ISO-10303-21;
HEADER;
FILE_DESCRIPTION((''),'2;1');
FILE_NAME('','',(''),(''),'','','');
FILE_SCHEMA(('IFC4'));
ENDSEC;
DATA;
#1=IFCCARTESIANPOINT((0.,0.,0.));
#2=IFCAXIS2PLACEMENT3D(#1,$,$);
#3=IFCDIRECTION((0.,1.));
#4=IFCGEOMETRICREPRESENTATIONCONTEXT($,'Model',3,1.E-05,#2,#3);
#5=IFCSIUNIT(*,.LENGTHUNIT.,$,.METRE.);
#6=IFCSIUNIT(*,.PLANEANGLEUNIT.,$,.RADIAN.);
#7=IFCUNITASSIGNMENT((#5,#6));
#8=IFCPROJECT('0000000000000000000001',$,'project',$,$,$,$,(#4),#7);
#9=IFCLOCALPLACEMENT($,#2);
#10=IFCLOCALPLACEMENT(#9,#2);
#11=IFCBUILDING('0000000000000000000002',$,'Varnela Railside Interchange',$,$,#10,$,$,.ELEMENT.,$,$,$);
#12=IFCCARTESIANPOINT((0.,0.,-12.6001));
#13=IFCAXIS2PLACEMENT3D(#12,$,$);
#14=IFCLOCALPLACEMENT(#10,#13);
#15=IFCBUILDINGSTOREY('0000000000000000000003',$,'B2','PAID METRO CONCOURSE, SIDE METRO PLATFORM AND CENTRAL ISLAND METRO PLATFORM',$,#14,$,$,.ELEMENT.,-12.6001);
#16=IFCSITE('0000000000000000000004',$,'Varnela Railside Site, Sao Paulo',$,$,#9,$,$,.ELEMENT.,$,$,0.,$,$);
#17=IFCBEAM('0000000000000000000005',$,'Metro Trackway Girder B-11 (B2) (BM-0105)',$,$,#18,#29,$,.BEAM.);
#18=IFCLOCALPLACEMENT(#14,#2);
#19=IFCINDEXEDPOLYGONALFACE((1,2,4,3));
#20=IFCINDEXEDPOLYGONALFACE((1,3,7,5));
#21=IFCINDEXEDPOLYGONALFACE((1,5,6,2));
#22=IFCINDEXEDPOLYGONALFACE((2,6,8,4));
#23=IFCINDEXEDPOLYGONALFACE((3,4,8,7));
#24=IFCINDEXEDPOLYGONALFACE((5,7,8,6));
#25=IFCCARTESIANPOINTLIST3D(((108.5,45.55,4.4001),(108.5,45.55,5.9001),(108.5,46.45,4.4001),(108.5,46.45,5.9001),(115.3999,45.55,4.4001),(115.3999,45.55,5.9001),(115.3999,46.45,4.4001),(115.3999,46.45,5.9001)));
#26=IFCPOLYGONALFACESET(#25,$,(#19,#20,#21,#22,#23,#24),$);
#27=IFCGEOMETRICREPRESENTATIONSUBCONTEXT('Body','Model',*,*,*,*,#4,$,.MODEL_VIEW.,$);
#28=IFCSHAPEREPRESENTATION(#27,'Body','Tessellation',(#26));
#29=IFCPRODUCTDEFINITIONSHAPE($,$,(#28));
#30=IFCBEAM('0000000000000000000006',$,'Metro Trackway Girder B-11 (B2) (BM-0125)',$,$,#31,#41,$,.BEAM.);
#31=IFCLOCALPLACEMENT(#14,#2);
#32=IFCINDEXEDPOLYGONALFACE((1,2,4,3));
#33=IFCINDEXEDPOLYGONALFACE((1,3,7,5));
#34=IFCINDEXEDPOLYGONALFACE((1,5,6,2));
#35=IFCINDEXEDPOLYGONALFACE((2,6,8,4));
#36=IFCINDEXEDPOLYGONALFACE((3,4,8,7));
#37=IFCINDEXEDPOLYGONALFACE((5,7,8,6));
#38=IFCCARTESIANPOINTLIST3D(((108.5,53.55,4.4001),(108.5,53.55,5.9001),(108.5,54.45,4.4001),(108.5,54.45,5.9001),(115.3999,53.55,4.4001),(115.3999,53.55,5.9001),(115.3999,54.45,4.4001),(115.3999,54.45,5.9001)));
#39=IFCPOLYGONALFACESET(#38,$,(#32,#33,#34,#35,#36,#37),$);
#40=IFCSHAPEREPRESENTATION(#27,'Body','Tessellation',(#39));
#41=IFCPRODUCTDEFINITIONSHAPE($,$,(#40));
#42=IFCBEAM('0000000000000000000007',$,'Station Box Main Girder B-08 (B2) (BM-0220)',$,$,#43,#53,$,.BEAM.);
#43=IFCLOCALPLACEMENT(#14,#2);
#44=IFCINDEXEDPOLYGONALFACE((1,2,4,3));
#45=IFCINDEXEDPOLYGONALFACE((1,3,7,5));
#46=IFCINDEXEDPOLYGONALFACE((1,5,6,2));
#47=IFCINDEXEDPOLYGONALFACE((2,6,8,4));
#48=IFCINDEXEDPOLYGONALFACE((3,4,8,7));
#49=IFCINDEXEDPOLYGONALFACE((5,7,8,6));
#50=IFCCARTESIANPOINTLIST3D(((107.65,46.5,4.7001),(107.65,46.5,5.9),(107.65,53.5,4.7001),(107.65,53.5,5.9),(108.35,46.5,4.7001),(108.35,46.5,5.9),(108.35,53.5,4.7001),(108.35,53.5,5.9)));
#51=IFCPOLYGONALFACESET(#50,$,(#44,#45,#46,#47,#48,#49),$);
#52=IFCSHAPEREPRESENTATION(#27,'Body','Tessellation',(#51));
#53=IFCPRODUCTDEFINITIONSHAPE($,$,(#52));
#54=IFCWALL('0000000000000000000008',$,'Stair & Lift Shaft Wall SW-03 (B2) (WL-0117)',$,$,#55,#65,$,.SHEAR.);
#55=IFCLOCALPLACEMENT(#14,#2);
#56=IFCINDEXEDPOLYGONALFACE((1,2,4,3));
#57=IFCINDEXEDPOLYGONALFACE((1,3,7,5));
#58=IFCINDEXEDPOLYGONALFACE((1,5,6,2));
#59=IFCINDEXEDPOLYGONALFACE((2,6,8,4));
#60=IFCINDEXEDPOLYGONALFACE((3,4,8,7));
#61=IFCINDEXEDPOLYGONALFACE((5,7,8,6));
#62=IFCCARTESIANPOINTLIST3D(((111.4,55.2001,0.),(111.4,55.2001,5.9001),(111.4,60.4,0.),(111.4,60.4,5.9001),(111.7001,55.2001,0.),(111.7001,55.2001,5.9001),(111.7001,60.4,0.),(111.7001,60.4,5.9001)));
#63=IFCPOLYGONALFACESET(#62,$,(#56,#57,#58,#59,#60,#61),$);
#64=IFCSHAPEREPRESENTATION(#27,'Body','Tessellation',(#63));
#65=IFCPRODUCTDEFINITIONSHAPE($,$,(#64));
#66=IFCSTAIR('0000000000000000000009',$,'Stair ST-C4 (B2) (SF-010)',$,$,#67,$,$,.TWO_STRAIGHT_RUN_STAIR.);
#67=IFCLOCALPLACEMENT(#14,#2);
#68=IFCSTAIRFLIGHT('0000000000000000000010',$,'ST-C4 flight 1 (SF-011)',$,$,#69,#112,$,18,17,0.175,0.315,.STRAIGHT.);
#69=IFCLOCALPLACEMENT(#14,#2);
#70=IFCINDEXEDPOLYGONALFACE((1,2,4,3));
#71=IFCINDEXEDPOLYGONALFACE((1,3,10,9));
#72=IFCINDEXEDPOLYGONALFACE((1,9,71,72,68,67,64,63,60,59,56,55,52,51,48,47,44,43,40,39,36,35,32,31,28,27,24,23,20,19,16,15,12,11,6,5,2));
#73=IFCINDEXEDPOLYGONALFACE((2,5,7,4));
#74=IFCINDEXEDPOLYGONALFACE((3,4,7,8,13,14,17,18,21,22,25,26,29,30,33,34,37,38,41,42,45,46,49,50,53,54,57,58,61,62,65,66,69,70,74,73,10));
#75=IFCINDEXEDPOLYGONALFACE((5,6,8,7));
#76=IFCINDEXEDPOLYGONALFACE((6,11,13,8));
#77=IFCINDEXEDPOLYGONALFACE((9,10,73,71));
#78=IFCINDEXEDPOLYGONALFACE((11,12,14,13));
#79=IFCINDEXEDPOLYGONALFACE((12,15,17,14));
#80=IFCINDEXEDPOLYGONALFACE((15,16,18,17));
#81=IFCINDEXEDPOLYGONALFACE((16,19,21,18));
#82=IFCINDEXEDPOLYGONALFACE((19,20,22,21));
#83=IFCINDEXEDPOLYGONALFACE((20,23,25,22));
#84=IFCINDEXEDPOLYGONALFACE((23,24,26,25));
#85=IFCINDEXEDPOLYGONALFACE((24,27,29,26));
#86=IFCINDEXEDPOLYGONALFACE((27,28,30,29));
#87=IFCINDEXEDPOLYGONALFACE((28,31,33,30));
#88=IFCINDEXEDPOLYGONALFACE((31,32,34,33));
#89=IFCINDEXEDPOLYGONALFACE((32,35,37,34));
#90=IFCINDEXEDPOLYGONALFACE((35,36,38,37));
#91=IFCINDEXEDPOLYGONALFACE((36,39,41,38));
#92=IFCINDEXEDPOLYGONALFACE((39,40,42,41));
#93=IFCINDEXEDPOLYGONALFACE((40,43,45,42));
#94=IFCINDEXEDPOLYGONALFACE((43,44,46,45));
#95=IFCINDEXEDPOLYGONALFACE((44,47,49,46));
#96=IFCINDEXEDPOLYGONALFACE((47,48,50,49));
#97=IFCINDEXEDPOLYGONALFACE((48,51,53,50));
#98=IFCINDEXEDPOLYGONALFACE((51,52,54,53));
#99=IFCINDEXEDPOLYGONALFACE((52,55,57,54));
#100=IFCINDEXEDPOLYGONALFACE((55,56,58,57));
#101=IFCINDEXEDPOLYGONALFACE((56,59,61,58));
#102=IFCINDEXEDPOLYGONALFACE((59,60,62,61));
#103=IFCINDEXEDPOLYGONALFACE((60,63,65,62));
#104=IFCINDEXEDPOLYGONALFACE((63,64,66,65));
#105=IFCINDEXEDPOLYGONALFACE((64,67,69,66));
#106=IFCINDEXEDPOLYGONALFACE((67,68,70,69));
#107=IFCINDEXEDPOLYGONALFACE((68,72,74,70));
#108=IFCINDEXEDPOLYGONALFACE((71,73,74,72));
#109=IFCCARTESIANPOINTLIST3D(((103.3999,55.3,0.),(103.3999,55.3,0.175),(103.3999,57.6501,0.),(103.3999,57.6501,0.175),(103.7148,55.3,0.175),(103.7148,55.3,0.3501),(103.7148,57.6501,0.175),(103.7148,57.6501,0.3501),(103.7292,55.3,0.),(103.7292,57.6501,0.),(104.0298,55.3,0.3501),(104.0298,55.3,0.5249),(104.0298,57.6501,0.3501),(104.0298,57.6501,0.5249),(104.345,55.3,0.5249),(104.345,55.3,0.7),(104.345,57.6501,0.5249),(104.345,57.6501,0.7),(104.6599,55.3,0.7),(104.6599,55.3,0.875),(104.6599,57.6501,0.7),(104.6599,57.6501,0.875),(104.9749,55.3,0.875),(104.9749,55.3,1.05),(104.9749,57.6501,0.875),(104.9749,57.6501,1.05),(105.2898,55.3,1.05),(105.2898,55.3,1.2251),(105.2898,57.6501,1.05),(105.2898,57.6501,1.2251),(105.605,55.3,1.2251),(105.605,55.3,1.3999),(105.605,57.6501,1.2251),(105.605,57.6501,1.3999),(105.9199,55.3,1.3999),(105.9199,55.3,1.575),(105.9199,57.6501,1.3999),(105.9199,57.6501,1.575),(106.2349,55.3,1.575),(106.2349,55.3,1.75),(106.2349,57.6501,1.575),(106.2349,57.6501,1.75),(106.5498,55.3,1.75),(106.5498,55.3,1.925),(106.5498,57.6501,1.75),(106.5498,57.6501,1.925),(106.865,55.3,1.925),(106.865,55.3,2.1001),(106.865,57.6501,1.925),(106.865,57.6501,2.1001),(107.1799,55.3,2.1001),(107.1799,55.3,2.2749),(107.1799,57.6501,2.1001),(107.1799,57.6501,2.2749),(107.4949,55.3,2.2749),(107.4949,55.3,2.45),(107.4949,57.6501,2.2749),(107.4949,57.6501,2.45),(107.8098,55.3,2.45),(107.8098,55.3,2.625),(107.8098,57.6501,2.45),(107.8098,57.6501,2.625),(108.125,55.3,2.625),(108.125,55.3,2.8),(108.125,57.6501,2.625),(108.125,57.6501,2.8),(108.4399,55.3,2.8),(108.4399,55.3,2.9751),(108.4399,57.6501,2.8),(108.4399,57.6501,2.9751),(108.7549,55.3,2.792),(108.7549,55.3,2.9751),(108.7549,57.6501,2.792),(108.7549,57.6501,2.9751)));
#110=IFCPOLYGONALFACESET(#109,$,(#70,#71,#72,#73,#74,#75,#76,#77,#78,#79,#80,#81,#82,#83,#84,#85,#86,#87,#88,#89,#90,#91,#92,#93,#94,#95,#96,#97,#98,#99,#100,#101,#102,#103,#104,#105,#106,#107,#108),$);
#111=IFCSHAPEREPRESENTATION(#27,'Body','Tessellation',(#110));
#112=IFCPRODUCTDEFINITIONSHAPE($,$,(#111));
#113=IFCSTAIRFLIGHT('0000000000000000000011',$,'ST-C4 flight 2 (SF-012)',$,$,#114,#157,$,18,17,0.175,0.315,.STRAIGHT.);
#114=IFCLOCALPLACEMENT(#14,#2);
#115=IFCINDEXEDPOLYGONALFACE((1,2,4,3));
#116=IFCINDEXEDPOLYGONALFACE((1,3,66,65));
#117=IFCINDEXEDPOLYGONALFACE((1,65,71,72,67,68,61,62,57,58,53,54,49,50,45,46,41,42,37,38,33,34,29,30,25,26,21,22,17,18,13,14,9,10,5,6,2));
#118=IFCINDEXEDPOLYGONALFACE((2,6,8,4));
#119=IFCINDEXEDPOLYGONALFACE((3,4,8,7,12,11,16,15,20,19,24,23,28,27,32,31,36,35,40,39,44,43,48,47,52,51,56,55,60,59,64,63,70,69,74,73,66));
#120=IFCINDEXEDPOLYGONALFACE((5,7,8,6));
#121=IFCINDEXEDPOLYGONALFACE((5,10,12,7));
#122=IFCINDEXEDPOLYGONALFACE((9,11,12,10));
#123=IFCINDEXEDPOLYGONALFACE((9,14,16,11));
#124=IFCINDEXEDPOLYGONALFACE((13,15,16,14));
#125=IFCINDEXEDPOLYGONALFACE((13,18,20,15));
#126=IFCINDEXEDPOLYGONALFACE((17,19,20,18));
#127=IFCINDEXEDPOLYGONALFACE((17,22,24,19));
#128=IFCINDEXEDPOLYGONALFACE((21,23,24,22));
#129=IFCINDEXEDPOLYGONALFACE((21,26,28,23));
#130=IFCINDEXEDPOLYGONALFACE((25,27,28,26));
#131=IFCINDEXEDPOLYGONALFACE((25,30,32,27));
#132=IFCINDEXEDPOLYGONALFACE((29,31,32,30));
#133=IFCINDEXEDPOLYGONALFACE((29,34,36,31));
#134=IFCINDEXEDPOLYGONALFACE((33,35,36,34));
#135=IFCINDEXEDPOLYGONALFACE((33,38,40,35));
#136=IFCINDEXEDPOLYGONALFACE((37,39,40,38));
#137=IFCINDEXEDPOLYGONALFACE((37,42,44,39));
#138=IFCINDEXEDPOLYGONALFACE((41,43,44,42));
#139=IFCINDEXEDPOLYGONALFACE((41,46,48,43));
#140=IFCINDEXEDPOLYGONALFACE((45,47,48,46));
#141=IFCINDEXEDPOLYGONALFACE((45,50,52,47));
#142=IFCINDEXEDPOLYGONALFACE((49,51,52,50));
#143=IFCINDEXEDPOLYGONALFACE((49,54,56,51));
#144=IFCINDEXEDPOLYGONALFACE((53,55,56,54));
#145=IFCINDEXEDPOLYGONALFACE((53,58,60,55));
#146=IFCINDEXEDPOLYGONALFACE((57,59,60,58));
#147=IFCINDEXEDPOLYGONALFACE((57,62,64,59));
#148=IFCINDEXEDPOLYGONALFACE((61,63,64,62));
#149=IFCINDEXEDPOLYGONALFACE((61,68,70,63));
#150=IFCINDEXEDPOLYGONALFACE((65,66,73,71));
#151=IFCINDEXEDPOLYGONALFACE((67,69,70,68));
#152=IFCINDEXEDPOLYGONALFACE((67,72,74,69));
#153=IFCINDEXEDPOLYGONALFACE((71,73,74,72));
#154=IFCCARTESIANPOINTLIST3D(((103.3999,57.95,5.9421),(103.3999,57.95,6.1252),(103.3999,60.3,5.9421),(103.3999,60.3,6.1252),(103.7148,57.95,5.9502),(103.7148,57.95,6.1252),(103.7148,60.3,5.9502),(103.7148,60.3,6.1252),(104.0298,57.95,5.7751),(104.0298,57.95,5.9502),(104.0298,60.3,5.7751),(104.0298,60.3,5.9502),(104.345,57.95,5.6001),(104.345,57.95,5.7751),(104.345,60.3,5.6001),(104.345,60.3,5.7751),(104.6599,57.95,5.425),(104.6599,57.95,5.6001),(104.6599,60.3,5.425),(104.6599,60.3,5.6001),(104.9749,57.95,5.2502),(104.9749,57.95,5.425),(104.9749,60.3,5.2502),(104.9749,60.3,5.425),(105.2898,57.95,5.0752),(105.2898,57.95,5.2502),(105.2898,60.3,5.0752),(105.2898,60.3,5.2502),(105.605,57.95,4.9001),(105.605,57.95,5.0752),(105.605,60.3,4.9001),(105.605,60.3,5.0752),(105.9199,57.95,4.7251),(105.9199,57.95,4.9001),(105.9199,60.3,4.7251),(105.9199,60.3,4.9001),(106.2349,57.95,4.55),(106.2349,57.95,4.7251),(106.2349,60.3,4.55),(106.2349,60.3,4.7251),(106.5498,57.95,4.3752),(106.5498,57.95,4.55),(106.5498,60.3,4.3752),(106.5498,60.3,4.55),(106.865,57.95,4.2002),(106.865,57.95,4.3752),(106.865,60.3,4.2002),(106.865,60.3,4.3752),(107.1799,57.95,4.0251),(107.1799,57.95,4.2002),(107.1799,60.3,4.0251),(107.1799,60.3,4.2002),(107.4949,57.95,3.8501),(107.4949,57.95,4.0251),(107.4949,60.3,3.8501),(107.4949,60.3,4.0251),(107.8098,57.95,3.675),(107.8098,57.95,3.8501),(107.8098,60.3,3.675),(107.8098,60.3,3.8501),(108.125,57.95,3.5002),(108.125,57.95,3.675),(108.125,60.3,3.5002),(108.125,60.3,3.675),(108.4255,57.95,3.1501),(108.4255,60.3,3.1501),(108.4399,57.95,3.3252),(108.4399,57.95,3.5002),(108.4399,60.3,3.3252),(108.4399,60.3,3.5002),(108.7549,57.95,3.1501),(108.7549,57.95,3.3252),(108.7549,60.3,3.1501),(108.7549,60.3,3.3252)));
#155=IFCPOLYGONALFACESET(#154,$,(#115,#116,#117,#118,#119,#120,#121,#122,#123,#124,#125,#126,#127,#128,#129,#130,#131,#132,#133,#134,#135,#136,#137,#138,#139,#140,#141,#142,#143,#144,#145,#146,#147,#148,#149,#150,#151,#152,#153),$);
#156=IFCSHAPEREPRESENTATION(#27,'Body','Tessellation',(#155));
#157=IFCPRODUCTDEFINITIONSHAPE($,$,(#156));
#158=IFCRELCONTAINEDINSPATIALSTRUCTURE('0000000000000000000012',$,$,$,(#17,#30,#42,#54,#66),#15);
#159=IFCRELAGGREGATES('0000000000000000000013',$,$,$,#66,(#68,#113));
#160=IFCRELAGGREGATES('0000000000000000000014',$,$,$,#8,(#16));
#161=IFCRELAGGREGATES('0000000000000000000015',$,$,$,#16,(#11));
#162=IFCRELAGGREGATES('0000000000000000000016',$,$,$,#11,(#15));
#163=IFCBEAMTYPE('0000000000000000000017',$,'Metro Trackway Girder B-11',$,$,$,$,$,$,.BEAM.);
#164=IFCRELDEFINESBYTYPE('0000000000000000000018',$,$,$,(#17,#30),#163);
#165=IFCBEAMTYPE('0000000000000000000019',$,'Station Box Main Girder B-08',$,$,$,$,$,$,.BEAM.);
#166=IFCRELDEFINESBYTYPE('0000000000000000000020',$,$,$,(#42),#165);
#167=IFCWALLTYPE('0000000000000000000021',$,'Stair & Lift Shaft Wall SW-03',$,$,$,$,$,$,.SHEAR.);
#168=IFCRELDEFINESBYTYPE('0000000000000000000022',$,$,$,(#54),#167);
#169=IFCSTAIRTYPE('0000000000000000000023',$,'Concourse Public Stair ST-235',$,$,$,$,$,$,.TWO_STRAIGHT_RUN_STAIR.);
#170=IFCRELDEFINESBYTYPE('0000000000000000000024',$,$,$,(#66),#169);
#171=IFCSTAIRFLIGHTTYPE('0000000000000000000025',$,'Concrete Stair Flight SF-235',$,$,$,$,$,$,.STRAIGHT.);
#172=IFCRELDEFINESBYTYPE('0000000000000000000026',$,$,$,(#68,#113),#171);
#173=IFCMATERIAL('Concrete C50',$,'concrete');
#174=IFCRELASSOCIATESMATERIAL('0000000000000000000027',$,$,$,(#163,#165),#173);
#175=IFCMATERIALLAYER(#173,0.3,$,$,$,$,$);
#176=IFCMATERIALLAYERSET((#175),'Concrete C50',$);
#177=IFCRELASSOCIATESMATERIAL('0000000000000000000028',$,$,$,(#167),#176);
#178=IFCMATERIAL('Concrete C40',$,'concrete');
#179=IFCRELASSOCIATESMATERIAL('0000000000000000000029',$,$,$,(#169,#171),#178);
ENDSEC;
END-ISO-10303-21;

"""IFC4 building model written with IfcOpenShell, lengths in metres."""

from ifc_helpers import new_model, si_unit, direction, frame, frame_2d, origin, origin_2d, place, context, subcontext, project, spatial, polyline, rectangle, outline, extrude, material, layer, layer_set, material_profile, profile_set, type_object, element, aggregate, save


model = new_model("IFC4")

# Units and contexts
model_context = context("Model", 3, precision=1e-05, world=origin(), true_north=direction((0.0, 1.0)))
body_context = subcontext(model_context, "Body", "Model", "MODEL_VIEW")
ifc_project = project(units=[si_unit("LENGTHUNIT", "METRE"), si_unit("PLANEANGLEUNIT", "RADIAN")], contexts=[model_context])

# Site, building, storey
site_placement = place(None, origin())
site = spatial("IfcSite", under=ifc_project, at=site_placement, Name="Varnela Railside Site, Sao Paulo", CompositionType="ELEMENT", RefElevation=0.0)
building_placement = place(site_placement, origin())
building = spatial("IfcBuilding", under=site, at=building_placement, Name="Varnela Railside Interchange", CompositionType="ELEMENT")
storey_placement = place(building_placement, frame((0.0, 0.0, -12.6001)))
storey = spatial("IfcBuildingStorey", under=building, at=storey_placement, Name="B2", Description="PAID METRO CONCOURSE, SIDE METRO PLATFORM AND CENTRAL ISLAND METRO PLATFORM", CompositionType="ELEMENT", Elevation=-12.6001)

# Shared definitions
ifc_material_1 = material(Name="Concrete C40", Category="concrete")

# Shared definitions
ifc_material_2 = material(Name="Concrete C50", Category="concrete")

# Beams
ifc_material_profile_1 = material_profile(ifc_material_2, rectangle(XDim=0.8999, YDim=1.5, at=origin_2d()), Name="RC 900x1500")
ifc_profile_set_1 = profile_set([ifc_material_profile_1], Name="Concrete C50")
beam_type_1 = type_object("IfcBeamType", Name="Metro Trackway Girder B-11", PredefinedType="BEAM", material=ifc_profile_set_1)
for number, where, z_axis, x_axis, name in (
    (1, (108.5, 46.0, 5.1501), (1.0, 0.0, 0.0), (0.0, 1.0, 0.0), "Metro Trackway Girder B-11 (B2) (BM-0105)"),
    (2, (108.5, 54.0, 5.1501), (1.0, 0.0, 0.0), (0.0, 1.0, 0.0), "Metro Trackway Girder B-11 (B2) (BM-0125)"),
):
    element("IfcBeam", number, at=place(storey_placement, frame(where, z_axis=z_axis, x_axis=x_axis)), inside=storey, type_object=beam_type_1, Name=name, PredefinedType="BEAM", context=body_context, shape_type="SweptSolid", body=[
        extrude(rectangle(XDim=0.8999, YDim=1.5, at=origin_2d()), origin(), (0.0, 0.0, 1.0), 6.8999),
    ])
ifc_material_profile_2 = material_profile(ifc_material_2, rectangle(XDim=0.7, YDim=1.2, at=origin_2d()), Name="RC 700x1200")
ifc_profile_set_2 = profile_set([ifc_material_profile_2], Name="Concrete C50")
beam_type_2 = type_object("IfcBeamType", Name="Station Box Main Girder B-08", PredefinedType="BEAM", material=ifc_profile_set_2)
beam_1_placement = place(storey_placement, frame((108.0, 46.5, 5.3), z_axis=(0.0, 1.0, 0.0), x_axis=(-1.0, 0.0, 0.0)))
element("IfcBeam", 3, at=beam_1_placement, inside=storey, type_object=beam_type_2, Name="Station Box Main Girder B-08 (B2) (BM-0220)", PredefinedType="BEAM", context=body_context, shape_type="SweptSolid", body=[
    extrude(rectangle(XDim=0.7, YDim=1.2, at=origin_2d()), origin(), (0.0, 0.0, 1.0), 7.0),
])

# Wall
ifc_layer = layer(ifc_material_2, 0.3)
ifc_layer_set = layer_set([ifc_layer], Name="Concrete C50")
wall_type = type_object("IfcWallType", Name="Stair & Lift Shaft Wall SW-03", PredefinedType="SHEAR", material=ifc_layer_set)
wall_placement = place(storey_placement, frame((111.55, 55.2, 0.0), z_axis=(0.0, 0.0, 1.0), x_axis=(0.0, 1.0, 0.0)))
element("IfcWall", 4, at=wall_placement, inside=storey, type_object=wall_type, Name="Stair & Lift Shaft Wall SW-03 (B2) (WL-0117)", PredefinedType="SHEAR", context=body_context, shape_type="SweptSolid", body=[
    extrude(rectangle(XDim=5.2, YDim=0.3, at=frame_2d((2.6001, 0.0))), origin(), (0.0, 0.0, 1.0), 5.9001),
])

# Stair, stair flights
stair_type = type_object("IfcStairType", Name="Concourse Public Stair ST-235", PredefinedType="TWO_STRAIGHT_RUN_STAIR", material=ifc_material_1)
stair_placement = place(storey_placement, origin())
stair = element("IfcStair", 5, at=stair_placement, inside=storey, type_object=stair_type, Name="Stair ST-C4 (B2) (SF-010)", PredefinedType="TWO_STRAIGHT_RUN_STAIR")
stair_flight_type = type_object("IfcStairFlightType", Name="Concrete Stair Flight SF-235", PredefinedType="STRAIGHT", material=ifc_material_1)
stair_flight_1_placement = place(storey_placement, frame((103.3999, 56.4751, 0.0), z_axis=(0.0, 0.0, 1.0), x_axis=(1.0, 0.0, 0.0)))
stair_flight_1 = element("IfcStairFlight", 6, at=stair_flight_1_placement, type_object=stair_flight_type, Name="ST-C4 flight 1 (SF-011)", NumberOfRisers=18, NumberOfTreads=17, PredefinedType="STRAIGHT", RiserHeight=0.175, TreadLength=0.315, context=body_context, shape_type="SweptSolid", body=[
    extrude(outline(polyline([(0.0, 0.0), (0.0, 0.175), (0.3149, 0.175), (0.3149, 0.3501), (0.6299, 0.3501), (0.6299, 0.5249), (0.9451, 0.5249), (0.9451, 0.7), (1.26, 0.7), (1.26, 0.875), (1.575, 0.875), (1.575, 1.05), (1.8899, 1.05), (1.8899, 1.2251), (2.2051, 1.2251), (2.2051, 1.3999), (2.52, 1.3999), (2.52, 1.575), (2.835, 1.575), (2.835, 1.75), (3.1499, 1.75), (3.1499, 1.925), (3.4651, 1.925), (3.4651, 2.1001), (3.78, 2.1001), (3.78, 2.2749), (4.095, 2.2749), (4.095, 2.45), (4.4099, 2.45), (4.4099, 2.625), (4.7251, 2.625), (4.7251, 2.8), (5.04, 2.8), (5.04, 2.9751), (5.355, 2.9751), (5.355, 3.1499), (5.355, 2.792), (0.3293, 0.0), (0.0, 0.0)])), frame((0.0, 1.175, 0.0), z_axis=(0.0, -1.0, 0.0), x_axis=(1.0, 0.0, 0.0)), (0.0, 0.0, 1.0), 2.3501),
])
stair_flight_2_placement = place(storey_placement, frame((108.7549, 59.125, 3.1501), z_axis=(0.0, 0.0, 1.0), x_axis=(-1.0, 0.0, 0.0)))
stair_flight_2 = element("IfcStairFlight", 7, at=stair_flight_2_placement, type_object=stair_flight_type, Name="ST-C4 flight 2 (SF-012)", NumberOfRisers=18, NumberOfTreads=17, PredefinedType="STRAIGHT", RiserHeight=0.175, TreadLength=0.315, context=body_context, shape_type="SweptSolid", body=[
    extrude(outline(polyline([(0.0, 0.0), (0.0, 0.175), (0.3149, 0.175), (0.3149, 0.3501), (0.6299, 0.3501), (0.6299, 0.5249), (0.9451, 0.5249), (0.9451, 0.7), (1.26, 0.7), (1.26, 0.875), (1.575, 0.875), (1.575, 1.05), (1.8899, 1.05), (1.8899, 1.2251), (2.2051, 1.2251), (2.2051, 1.3999), (2.52, 1.3999), (2.52, 1.575), (2.835, 1.575), (2.835, 1.75), (3.1499, 1.75), (3.1499, 1.925), (3.4651, 1.925), (3.4651, 2.1001), (3.78, 2.1001), (3.78, 2.2749), (4.095, 2.2749), (4.095, 2.45), (4.4099, 2.45), (4.4099, 2.625), (4.7251, 2.625), (4.7251, 2.8), (5.04, 2.8), (5.04, 2.9751), (5.355, 2.9751), (5.355, 3.1499), (5.355, 2.792), (0.3293, 0.0), (0.0, 0.0)])), frame((0.0, 1.175, 0.0), z_axis=(0.0, -1.0, 0.0), x_axis=(1.0, 0.0, 0.0)), (0.0, 0.0, 1.0), 2.3501),
])
aggregate(stair, [stair_flight_1, stair_flight_2])

save(model, "model.ifc")
